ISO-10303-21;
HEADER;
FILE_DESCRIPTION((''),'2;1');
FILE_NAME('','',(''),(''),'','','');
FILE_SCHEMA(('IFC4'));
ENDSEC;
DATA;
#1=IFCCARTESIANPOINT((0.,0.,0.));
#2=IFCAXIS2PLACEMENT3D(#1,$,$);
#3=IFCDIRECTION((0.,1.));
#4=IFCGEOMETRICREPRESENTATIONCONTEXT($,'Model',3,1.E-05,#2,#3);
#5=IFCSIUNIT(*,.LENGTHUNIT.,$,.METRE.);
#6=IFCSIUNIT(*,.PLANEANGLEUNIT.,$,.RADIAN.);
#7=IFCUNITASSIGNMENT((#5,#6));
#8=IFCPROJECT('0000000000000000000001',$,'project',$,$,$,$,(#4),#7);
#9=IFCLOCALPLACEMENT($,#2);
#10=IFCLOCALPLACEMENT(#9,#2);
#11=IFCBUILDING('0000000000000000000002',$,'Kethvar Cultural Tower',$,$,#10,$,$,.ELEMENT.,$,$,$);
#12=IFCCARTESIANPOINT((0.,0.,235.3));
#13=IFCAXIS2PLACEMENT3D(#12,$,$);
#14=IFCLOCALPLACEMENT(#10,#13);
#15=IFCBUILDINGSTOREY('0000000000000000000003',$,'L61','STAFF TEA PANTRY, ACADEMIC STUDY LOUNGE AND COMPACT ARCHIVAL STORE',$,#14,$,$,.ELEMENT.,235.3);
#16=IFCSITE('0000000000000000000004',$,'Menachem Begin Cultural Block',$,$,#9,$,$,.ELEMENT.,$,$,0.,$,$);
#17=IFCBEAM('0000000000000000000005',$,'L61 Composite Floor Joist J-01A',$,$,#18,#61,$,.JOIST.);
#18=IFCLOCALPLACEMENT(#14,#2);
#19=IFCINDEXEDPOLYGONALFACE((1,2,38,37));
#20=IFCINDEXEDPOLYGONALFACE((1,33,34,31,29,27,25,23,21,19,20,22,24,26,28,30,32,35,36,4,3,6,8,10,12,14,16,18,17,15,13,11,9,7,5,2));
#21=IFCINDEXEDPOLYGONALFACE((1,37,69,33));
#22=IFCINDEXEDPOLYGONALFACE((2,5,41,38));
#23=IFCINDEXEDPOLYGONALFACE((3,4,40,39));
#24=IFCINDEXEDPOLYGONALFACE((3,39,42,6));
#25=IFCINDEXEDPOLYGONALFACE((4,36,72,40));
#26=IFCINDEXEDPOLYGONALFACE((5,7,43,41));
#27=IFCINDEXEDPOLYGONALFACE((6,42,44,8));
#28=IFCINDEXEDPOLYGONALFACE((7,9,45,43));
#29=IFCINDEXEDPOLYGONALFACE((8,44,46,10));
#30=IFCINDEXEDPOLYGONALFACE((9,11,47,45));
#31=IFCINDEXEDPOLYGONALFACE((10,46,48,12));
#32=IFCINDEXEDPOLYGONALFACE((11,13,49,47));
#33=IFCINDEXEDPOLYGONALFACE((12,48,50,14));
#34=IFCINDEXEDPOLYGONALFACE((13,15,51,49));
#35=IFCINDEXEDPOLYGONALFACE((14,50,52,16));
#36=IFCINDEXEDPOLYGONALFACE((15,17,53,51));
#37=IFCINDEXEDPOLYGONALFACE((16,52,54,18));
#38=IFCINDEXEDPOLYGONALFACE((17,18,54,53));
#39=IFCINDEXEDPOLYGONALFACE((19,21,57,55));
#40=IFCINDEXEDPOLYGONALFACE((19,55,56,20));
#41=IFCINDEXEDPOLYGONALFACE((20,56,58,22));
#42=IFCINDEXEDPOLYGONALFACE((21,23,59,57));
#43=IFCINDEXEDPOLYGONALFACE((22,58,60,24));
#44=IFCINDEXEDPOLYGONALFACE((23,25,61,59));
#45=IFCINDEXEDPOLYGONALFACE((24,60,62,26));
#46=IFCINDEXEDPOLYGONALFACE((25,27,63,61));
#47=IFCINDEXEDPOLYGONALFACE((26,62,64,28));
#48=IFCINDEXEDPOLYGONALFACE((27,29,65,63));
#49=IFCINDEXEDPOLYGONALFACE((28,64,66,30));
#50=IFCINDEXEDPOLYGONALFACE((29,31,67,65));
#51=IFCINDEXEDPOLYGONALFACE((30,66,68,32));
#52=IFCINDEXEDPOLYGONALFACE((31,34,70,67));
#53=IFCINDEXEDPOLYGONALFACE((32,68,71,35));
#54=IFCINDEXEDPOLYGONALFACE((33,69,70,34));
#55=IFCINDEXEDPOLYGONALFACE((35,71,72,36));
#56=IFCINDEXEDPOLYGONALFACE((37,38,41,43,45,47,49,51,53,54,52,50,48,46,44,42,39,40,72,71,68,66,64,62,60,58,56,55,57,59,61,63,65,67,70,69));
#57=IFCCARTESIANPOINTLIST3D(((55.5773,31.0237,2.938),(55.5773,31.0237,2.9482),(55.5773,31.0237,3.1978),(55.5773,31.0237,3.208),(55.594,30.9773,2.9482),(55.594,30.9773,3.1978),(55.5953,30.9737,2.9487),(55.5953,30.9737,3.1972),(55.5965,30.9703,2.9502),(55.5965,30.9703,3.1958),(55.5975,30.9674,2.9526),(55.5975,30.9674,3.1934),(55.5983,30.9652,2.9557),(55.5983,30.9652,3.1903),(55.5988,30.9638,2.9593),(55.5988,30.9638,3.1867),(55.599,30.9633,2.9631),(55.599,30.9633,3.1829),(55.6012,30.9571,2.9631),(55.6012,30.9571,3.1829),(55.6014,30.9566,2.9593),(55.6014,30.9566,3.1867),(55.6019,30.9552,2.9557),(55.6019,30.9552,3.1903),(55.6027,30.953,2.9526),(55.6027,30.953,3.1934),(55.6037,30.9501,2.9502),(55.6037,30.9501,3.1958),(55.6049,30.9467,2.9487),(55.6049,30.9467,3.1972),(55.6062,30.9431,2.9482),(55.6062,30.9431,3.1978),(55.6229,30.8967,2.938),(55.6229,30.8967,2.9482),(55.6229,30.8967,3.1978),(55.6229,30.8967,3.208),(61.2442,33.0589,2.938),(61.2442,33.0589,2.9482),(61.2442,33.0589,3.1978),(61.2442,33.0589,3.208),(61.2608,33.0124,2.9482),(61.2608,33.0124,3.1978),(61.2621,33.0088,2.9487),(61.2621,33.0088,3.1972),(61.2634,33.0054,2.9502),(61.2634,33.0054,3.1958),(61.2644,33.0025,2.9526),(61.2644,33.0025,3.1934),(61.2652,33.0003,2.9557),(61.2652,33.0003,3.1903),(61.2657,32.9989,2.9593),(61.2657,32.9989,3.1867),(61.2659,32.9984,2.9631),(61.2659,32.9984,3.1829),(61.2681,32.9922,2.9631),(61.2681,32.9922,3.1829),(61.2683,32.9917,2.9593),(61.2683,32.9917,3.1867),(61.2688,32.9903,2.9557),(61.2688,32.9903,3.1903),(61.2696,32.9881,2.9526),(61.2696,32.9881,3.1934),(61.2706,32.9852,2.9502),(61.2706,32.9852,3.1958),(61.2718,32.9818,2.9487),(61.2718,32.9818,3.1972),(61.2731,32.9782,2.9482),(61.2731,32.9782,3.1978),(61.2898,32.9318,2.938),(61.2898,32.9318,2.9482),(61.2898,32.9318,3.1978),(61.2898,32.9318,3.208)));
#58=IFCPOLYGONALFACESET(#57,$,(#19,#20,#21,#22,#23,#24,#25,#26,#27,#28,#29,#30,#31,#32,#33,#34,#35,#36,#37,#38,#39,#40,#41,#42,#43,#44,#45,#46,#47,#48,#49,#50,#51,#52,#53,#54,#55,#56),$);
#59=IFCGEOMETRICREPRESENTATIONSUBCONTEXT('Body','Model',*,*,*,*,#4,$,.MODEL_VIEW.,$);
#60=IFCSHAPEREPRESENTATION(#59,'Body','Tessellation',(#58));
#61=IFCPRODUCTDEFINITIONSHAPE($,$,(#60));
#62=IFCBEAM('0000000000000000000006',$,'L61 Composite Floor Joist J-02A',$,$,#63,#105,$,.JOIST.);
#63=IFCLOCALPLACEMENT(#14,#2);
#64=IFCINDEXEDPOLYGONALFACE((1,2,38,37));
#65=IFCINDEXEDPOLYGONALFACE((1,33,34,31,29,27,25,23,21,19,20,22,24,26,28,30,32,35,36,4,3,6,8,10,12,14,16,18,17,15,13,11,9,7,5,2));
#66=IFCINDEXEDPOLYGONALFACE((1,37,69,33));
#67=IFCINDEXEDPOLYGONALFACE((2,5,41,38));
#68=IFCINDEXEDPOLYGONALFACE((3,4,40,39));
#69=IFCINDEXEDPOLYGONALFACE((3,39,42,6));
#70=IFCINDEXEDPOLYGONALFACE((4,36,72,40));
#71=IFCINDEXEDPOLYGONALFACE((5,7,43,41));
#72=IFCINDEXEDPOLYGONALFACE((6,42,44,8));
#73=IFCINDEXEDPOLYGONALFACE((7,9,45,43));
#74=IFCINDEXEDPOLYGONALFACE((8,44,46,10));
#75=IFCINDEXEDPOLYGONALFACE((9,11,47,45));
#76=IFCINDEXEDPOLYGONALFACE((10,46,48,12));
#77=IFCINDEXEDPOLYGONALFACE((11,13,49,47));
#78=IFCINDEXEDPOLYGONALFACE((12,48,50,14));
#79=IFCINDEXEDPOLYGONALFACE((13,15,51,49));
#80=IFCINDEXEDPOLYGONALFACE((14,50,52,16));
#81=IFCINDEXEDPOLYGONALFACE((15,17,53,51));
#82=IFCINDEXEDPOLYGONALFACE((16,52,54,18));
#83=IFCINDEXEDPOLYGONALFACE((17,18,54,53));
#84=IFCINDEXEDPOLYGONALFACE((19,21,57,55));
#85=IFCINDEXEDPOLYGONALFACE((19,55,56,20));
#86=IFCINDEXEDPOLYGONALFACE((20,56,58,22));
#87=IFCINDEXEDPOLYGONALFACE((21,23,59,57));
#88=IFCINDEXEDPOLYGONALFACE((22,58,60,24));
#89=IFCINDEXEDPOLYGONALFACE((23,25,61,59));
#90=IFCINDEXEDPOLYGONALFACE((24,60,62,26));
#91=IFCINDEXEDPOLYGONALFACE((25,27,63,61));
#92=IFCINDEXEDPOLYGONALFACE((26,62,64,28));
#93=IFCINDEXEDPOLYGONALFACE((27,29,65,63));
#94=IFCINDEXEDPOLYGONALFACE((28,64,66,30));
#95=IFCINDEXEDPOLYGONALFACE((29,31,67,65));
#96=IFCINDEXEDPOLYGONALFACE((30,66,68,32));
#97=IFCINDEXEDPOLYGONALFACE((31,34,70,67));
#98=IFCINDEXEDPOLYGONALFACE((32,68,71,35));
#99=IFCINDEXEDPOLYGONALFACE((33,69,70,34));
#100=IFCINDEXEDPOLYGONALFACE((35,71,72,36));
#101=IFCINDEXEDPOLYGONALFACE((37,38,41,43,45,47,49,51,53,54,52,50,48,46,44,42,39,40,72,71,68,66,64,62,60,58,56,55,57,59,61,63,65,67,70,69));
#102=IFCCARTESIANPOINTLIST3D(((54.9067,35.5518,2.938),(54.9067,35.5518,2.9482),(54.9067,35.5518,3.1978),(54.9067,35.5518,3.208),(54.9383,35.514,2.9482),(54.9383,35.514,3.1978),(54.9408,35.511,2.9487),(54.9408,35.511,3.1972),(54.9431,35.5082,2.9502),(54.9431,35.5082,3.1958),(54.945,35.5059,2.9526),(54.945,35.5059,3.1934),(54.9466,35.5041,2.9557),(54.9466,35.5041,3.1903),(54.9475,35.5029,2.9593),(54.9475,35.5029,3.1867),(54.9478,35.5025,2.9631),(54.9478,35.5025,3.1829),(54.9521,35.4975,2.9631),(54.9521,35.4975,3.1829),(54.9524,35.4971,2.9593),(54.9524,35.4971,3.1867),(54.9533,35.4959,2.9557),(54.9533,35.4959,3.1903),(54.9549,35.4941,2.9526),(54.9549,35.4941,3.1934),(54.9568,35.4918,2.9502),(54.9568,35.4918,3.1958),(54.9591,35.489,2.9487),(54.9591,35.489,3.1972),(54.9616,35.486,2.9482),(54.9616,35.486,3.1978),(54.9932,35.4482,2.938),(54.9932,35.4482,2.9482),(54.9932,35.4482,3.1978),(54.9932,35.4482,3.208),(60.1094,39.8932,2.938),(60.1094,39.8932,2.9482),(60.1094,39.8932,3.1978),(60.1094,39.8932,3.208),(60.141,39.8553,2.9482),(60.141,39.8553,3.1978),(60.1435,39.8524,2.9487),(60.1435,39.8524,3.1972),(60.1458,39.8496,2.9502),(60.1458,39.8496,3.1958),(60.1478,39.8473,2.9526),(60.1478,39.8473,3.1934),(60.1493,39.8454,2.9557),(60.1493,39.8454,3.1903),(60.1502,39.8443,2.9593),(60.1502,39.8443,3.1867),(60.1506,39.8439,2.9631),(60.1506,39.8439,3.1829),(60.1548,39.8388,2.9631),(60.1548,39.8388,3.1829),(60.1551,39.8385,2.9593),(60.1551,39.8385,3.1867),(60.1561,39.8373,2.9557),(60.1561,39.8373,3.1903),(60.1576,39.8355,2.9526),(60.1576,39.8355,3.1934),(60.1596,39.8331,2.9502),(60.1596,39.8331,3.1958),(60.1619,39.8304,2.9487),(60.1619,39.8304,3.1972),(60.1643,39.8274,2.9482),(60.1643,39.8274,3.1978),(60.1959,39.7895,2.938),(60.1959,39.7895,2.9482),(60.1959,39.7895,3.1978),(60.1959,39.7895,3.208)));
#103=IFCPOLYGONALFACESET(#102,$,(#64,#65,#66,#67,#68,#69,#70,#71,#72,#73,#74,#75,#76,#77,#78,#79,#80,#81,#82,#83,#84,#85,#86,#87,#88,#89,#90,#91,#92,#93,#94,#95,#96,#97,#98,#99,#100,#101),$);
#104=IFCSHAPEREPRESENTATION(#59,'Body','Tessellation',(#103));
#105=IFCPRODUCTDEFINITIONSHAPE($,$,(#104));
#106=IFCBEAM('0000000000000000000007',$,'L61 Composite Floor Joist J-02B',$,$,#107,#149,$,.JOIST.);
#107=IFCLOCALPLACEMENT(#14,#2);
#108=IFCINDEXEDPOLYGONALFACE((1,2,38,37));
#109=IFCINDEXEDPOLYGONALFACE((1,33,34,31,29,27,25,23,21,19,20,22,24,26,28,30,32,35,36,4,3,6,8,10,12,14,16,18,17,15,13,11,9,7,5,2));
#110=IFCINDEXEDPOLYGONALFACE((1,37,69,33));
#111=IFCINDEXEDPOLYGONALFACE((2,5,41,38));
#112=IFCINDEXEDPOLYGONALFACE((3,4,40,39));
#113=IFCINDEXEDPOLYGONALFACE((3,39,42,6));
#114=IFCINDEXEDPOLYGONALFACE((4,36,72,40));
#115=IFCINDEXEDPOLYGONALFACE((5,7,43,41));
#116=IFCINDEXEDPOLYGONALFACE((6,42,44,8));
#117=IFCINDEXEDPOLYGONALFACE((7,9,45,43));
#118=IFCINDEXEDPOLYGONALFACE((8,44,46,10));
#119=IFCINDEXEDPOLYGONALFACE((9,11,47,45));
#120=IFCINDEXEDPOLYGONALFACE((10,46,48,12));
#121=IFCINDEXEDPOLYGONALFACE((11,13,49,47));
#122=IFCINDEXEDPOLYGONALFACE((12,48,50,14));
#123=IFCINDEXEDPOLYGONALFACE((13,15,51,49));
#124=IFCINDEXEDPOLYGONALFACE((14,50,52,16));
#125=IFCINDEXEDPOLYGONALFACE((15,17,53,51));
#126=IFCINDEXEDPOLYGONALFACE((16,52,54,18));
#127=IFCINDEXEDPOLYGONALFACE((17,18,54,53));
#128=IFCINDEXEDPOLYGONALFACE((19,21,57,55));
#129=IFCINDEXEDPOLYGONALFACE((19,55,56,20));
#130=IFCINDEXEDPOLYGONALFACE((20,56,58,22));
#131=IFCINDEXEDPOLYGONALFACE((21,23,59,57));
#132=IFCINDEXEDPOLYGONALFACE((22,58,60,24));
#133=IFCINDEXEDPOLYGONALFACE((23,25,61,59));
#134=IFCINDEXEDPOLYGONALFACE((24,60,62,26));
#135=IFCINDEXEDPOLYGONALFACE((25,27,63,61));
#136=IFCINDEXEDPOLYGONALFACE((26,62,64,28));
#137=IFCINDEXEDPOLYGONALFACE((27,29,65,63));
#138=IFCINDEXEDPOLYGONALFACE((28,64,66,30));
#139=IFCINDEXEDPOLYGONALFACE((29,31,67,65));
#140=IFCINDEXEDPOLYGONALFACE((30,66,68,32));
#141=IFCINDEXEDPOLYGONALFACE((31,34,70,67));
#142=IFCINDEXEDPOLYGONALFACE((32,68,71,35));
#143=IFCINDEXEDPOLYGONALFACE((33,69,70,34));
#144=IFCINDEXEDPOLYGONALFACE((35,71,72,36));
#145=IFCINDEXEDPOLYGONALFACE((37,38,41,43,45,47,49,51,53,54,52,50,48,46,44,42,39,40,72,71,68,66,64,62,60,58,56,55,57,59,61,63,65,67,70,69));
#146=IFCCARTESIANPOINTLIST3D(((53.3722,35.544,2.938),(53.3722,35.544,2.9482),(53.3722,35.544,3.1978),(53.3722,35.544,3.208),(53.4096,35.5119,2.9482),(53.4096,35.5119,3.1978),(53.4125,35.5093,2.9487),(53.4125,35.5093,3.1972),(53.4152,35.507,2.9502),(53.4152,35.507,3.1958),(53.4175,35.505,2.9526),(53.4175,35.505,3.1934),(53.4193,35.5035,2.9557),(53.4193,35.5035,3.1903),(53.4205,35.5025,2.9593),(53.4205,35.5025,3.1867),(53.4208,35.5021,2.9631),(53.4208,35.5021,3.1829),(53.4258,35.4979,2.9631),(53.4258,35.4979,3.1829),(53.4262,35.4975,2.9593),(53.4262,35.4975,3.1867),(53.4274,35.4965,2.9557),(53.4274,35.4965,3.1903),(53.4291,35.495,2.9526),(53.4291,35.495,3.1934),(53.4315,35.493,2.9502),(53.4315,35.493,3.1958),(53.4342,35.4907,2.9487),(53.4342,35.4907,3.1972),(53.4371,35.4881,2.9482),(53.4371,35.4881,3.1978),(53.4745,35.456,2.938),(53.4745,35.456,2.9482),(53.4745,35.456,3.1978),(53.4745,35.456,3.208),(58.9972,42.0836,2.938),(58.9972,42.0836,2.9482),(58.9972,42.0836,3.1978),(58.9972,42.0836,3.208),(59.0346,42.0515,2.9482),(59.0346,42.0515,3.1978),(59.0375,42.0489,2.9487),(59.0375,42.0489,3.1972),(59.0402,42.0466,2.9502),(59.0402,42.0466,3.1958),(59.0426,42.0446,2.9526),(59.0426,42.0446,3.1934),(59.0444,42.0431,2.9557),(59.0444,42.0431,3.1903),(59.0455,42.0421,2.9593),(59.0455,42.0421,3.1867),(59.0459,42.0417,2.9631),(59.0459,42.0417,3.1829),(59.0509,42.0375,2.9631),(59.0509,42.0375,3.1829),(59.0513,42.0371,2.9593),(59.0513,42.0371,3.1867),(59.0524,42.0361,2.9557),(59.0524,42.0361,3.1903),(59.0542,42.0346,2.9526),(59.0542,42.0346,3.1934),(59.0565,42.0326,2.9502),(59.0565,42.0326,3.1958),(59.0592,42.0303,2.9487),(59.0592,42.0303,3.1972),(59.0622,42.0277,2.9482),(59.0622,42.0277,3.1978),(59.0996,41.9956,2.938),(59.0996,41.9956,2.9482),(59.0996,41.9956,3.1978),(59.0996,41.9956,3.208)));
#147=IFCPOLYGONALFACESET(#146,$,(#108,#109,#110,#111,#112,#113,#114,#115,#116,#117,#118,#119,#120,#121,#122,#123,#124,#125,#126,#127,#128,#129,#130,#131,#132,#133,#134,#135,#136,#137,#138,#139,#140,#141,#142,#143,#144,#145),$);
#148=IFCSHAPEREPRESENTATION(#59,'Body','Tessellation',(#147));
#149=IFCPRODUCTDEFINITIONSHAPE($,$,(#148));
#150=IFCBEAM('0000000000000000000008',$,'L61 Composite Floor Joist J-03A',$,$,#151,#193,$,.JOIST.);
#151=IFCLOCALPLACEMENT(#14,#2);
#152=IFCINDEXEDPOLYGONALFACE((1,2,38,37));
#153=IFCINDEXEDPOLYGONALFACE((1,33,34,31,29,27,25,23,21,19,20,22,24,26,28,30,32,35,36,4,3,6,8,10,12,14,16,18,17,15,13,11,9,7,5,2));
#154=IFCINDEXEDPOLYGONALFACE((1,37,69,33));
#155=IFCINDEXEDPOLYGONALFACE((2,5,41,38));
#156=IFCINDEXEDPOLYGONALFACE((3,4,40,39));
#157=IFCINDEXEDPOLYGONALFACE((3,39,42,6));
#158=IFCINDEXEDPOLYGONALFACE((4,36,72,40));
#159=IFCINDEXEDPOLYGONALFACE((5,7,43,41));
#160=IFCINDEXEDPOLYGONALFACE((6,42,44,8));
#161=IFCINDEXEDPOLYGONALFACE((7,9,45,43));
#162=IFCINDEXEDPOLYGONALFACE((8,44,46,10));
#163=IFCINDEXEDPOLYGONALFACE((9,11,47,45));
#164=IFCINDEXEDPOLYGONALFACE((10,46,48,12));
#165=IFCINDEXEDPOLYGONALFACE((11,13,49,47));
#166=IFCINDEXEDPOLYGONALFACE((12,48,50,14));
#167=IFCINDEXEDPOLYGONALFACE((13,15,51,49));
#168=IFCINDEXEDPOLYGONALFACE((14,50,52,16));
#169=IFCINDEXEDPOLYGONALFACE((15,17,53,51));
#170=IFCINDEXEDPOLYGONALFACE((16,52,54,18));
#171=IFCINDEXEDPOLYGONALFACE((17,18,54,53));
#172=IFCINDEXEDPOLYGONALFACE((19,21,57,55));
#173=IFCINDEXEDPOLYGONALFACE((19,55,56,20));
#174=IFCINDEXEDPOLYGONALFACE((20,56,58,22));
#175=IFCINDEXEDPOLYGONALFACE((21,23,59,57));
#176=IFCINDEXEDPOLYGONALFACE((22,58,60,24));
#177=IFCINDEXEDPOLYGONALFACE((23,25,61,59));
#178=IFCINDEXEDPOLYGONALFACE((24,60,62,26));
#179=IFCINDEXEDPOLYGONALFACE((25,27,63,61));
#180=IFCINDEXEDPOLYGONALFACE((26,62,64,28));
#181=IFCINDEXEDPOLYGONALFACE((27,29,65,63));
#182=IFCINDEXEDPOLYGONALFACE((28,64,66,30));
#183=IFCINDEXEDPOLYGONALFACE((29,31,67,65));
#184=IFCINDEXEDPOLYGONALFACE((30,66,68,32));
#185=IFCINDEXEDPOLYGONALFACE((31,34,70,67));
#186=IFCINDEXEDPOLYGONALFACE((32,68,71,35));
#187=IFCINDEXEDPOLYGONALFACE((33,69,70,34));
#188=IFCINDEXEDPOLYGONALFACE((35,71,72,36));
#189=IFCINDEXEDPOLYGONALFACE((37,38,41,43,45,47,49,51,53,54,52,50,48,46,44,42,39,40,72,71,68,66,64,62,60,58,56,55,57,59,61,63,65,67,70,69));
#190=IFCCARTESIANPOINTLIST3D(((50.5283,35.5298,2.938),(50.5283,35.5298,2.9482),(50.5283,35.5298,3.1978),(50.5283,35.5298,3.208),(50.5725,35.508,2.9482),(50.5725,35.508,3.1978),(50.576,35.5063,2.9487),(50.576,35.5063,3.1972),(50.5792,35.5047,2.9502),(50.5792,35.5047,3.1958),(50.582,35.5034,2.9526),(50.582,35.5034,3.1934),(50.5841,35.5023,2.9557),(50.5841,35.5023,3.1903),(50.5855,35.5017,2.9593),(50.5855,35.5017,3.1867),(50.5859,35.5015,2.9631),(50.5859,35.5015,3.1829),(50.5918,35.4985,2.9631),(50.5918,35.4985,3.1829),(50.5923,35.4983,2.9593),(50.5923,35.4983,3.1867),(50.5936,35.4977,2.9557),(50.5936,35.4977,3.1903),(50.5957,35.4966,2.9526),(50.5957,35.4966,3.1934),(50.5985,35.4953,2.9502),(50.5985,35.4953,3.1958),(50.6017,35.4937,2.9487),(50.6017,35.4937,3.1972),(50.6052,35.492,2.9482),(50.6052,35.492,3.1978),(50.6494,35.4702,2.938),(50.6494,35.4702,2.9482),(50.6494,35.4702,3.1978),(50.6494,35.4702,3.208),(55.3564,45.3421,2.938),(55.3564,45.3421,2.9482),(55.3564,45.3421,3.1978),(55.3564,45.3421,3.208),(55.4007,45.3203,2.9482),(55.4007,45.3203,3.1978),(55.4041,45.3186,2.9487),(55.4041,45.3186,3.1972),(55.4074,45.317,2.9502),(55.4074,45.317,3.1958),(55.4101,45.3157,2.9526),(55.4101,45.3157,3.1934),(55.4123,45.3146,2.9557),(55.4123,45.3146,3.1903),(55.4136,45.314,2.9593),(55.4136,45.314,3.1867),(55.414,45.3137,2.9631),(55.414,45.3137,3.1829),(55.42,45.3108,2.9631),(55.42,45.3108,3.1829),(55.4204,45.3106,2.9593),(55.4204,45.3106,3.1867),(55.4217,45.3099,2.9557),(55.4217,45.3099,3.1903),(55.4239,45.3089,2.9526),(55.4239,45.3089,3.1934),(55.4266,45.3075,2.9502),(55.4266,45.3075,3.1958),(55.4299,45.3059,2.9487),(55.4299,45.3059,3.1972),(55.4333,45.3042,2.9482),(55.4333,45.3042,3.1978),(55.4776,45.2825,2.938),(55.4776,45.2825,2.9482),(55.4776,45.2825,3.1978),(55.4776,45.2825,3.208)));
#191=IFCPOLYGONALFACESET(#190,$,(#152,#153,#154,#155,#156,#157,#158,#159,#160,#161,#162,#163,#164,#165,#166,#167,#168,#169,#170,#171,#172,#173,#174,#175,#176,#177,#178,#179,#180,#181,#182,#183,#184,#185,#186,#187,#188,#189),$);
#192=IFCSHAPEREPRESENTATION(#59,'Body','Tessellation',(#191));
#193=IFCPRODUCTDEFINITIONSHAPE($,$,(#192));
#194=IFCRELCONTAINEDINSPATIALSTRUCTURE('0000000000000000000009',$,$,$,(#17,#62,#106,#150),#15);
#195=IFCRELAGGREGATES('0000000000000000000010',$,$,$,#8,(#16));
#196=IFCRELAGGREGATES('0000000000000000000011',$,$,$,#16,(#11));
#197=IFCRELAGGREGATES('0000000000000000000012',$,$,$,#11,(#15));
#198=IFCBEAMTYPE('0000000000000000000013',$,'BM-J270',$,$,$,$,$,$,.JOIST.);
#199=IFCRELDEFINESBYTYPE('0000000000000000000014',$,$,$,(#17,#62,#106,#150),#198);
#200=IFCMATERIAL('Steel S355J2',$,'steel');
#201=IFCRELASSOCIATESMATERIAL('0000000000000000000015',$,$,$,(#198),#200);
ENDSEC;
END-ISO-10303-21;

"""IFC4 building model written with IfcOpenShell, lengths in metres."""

from ifc_helpers import new_model, si_unit, direction, frame, origin, origin_2d, place, context, subcontext, project, spatial, i_section, extrude, source, transform, mapped, material, material_profile, profile_set, type_object, element, save


model = new_model("IFC4")

# Units and contexts
model_context = context("Model", 3, precision=1e-05, world=origin(), true_north=direction((0.0, 1.0)))
body_context = subcontext(model_context, "Body", "Model", "MODEL_VIEW")
ifc_project = project(units=[si_unit("LENGTHUNIT", "METRE"), si_unit("PLANEANGLEUNIT", "RADIAN")], contexts=[model_context])

# Site, building, storey
site_placement = place(None, origin())
site = spatial("IfcSite", under=ifc_project, at=site_placement, Name="Menachem Begin Cultural Block", CompositionType="ELEMENT", RefElevation=0.0)
building_placement = place(site_placement, origin())
building = spatial("IfcBuilding", under=site, at=building_placement, Name="Kethvar Cultural Tower", CompositionType="ELEMENT")
storey_placement = place(building_placement, frame((0.0, 0.0, 235.3)))
storey = spatial("IfcBuildingStorey", under=building, at=storey_placement, Name="L61", Description="STAFF TEA PANTRY, ACADEMIC STUDY LOUNGE AND COMPACT ARCHIVAL STORE", CompositionType="ELEMENT", Elevation=235.3)

# Beams
ifc_material_1 = material(Name="Steel S355J2", Category="steel")
ifc_material_profile_1 = material_profile(ifc_material_1, i_section(OverallWidth=0.135, OverallDepth=0.27, WebThickness=0.0066, FlangeThickness=0.0103, FilletRadius=0.0149, at=origin_2d()), Name="Steel S355J2 — IPE270")
ifc_profile_set_1 = profile_set([ifc_material_profile_1], Name="Steel S355J2 — IPE270")
beam_type_1 = type_object("IfcBeamType", Name="BM-J270", PredefinedType="JOIST", material=ifc_profile_set_1)
shared_shape_1 = source(origin(), body_context, "Body", "SweptSolid", [
    extrude(i_section(OverallWidth=0.135, OverallDepth=0.27, WebThickness=0.0066, FlangeThickness=0.0103, FilletRadius=0.0149, at=origin_2d()), origin(), (0.0, 0.0, 1.0), 6.0212),
])
beam_1_placement = place(storey_placement, frame((55.6001, 30.9602, 3.073), z_axis=(0.94115, 0.33799, 0.0), x_axis=(-0.33799, 0.94115, 0.0)))
element("IfcBeam", 1, at=beam_1_placement, inside=storey, type_object=beam_type_1, Name="L61 Composite Floor Joist J-01A", PredefinedType="JOIST", context=body_context, shape_type="MappedRepresentation", body=[
    mapped(shared_shape_1, transform((0.0, 0.0, 0.0), scale=1.0)),
])
shared_shape_2 = source(origin(), body_context, "Body", "SweptSolid", [
    extrude(i_section(OverallWidth=0.135, OverallDepth=0.27, WebThickness=0.0066, FlangeThickness=0.0103, FilletRadius=0.0149, at=origin_2d()), origin(), (0.0, 0.0, 1.0), 6.7761),
])
beam_2_placement = place(storey_placement, frame((54.95, 35.5, 3.073), z_axis=(0.767802, 0.640688, 0.0), x_axis=(-0.640688, 0.767802, 0.0)))
element("IfcBeam", 2, at=beam_2_placement, inside=storey, type_object=beam_type_1, Name="L61 Composite Floor Joist J-02A", PredefinedType="JOIST", context=body_context, shape_type="MappedRepresentation", body=[
    mapped(shared_shape_2, transform((0.0, 0.0, 0.0), scale=1.0)),
])
shared_shape_3 = source(origin(), body_context, "Body", "SweptSolid", [
    extrude(i_section(OverallWidth=0.135, OverallDepth=0.27, WebThickness=0.0066, FlangeThickness=0.0103, FilletRadius=0.0149, at=origin_2d()), origin(), (0.0, 0.0, 1.0), 8.626),
])
beam_3_placement = place(storey_placement, frame((53.4233, 35.5, 3.073), z_axis=(0.652105, 0.758129, 0.0), x_axis=(-0.758129, 0.652105, 0.0)))
element("IfcBeam", 3, at=beam_3_placement, inside=storey, type_object=beam_type_1, Name="L61 Composite Floor Joist J-02B", PredefinedType="JOIST", context=body_context, shape_type="MappedRepresentation", body=[
    mapped(shared_shape_3, transform((0.0, 0.0, 0.0), scale=1.0)),
])
shared_shape_4 = source(origin(), body_context, "Body", "SweptSolid", [
    extrude(i_section(OverallWidth=0.135, OverallDepth=0.27, WebThickness=0.0066, FlangeThickness=0.0103, FilletRadius=0.0149, at=origin_2d()), origin(), (0.0, 0.0, 1.0), 10.9358),
])
beam_4_placement = place(storey_placement, frame((50.5889, 35.5, 3.073), z_axis=(0.441498, 0.897262, 0.0), x_axis=(-0.897262, 0.441498, 0.0)))
element("IfcBeam", 4, at=beam_4_placement, inside=storey, type_object=beam_type_1, Name="L61 Composite Floor Joist J-03A", PredefinedType="JOIST", context=body_context, shape_type="MappedRepresentation", body=[
    mapped(shared_shape_4, transform((0.0, 0.0, 0.0), scale=1.0)),
])

save(model, "model.ifc")
